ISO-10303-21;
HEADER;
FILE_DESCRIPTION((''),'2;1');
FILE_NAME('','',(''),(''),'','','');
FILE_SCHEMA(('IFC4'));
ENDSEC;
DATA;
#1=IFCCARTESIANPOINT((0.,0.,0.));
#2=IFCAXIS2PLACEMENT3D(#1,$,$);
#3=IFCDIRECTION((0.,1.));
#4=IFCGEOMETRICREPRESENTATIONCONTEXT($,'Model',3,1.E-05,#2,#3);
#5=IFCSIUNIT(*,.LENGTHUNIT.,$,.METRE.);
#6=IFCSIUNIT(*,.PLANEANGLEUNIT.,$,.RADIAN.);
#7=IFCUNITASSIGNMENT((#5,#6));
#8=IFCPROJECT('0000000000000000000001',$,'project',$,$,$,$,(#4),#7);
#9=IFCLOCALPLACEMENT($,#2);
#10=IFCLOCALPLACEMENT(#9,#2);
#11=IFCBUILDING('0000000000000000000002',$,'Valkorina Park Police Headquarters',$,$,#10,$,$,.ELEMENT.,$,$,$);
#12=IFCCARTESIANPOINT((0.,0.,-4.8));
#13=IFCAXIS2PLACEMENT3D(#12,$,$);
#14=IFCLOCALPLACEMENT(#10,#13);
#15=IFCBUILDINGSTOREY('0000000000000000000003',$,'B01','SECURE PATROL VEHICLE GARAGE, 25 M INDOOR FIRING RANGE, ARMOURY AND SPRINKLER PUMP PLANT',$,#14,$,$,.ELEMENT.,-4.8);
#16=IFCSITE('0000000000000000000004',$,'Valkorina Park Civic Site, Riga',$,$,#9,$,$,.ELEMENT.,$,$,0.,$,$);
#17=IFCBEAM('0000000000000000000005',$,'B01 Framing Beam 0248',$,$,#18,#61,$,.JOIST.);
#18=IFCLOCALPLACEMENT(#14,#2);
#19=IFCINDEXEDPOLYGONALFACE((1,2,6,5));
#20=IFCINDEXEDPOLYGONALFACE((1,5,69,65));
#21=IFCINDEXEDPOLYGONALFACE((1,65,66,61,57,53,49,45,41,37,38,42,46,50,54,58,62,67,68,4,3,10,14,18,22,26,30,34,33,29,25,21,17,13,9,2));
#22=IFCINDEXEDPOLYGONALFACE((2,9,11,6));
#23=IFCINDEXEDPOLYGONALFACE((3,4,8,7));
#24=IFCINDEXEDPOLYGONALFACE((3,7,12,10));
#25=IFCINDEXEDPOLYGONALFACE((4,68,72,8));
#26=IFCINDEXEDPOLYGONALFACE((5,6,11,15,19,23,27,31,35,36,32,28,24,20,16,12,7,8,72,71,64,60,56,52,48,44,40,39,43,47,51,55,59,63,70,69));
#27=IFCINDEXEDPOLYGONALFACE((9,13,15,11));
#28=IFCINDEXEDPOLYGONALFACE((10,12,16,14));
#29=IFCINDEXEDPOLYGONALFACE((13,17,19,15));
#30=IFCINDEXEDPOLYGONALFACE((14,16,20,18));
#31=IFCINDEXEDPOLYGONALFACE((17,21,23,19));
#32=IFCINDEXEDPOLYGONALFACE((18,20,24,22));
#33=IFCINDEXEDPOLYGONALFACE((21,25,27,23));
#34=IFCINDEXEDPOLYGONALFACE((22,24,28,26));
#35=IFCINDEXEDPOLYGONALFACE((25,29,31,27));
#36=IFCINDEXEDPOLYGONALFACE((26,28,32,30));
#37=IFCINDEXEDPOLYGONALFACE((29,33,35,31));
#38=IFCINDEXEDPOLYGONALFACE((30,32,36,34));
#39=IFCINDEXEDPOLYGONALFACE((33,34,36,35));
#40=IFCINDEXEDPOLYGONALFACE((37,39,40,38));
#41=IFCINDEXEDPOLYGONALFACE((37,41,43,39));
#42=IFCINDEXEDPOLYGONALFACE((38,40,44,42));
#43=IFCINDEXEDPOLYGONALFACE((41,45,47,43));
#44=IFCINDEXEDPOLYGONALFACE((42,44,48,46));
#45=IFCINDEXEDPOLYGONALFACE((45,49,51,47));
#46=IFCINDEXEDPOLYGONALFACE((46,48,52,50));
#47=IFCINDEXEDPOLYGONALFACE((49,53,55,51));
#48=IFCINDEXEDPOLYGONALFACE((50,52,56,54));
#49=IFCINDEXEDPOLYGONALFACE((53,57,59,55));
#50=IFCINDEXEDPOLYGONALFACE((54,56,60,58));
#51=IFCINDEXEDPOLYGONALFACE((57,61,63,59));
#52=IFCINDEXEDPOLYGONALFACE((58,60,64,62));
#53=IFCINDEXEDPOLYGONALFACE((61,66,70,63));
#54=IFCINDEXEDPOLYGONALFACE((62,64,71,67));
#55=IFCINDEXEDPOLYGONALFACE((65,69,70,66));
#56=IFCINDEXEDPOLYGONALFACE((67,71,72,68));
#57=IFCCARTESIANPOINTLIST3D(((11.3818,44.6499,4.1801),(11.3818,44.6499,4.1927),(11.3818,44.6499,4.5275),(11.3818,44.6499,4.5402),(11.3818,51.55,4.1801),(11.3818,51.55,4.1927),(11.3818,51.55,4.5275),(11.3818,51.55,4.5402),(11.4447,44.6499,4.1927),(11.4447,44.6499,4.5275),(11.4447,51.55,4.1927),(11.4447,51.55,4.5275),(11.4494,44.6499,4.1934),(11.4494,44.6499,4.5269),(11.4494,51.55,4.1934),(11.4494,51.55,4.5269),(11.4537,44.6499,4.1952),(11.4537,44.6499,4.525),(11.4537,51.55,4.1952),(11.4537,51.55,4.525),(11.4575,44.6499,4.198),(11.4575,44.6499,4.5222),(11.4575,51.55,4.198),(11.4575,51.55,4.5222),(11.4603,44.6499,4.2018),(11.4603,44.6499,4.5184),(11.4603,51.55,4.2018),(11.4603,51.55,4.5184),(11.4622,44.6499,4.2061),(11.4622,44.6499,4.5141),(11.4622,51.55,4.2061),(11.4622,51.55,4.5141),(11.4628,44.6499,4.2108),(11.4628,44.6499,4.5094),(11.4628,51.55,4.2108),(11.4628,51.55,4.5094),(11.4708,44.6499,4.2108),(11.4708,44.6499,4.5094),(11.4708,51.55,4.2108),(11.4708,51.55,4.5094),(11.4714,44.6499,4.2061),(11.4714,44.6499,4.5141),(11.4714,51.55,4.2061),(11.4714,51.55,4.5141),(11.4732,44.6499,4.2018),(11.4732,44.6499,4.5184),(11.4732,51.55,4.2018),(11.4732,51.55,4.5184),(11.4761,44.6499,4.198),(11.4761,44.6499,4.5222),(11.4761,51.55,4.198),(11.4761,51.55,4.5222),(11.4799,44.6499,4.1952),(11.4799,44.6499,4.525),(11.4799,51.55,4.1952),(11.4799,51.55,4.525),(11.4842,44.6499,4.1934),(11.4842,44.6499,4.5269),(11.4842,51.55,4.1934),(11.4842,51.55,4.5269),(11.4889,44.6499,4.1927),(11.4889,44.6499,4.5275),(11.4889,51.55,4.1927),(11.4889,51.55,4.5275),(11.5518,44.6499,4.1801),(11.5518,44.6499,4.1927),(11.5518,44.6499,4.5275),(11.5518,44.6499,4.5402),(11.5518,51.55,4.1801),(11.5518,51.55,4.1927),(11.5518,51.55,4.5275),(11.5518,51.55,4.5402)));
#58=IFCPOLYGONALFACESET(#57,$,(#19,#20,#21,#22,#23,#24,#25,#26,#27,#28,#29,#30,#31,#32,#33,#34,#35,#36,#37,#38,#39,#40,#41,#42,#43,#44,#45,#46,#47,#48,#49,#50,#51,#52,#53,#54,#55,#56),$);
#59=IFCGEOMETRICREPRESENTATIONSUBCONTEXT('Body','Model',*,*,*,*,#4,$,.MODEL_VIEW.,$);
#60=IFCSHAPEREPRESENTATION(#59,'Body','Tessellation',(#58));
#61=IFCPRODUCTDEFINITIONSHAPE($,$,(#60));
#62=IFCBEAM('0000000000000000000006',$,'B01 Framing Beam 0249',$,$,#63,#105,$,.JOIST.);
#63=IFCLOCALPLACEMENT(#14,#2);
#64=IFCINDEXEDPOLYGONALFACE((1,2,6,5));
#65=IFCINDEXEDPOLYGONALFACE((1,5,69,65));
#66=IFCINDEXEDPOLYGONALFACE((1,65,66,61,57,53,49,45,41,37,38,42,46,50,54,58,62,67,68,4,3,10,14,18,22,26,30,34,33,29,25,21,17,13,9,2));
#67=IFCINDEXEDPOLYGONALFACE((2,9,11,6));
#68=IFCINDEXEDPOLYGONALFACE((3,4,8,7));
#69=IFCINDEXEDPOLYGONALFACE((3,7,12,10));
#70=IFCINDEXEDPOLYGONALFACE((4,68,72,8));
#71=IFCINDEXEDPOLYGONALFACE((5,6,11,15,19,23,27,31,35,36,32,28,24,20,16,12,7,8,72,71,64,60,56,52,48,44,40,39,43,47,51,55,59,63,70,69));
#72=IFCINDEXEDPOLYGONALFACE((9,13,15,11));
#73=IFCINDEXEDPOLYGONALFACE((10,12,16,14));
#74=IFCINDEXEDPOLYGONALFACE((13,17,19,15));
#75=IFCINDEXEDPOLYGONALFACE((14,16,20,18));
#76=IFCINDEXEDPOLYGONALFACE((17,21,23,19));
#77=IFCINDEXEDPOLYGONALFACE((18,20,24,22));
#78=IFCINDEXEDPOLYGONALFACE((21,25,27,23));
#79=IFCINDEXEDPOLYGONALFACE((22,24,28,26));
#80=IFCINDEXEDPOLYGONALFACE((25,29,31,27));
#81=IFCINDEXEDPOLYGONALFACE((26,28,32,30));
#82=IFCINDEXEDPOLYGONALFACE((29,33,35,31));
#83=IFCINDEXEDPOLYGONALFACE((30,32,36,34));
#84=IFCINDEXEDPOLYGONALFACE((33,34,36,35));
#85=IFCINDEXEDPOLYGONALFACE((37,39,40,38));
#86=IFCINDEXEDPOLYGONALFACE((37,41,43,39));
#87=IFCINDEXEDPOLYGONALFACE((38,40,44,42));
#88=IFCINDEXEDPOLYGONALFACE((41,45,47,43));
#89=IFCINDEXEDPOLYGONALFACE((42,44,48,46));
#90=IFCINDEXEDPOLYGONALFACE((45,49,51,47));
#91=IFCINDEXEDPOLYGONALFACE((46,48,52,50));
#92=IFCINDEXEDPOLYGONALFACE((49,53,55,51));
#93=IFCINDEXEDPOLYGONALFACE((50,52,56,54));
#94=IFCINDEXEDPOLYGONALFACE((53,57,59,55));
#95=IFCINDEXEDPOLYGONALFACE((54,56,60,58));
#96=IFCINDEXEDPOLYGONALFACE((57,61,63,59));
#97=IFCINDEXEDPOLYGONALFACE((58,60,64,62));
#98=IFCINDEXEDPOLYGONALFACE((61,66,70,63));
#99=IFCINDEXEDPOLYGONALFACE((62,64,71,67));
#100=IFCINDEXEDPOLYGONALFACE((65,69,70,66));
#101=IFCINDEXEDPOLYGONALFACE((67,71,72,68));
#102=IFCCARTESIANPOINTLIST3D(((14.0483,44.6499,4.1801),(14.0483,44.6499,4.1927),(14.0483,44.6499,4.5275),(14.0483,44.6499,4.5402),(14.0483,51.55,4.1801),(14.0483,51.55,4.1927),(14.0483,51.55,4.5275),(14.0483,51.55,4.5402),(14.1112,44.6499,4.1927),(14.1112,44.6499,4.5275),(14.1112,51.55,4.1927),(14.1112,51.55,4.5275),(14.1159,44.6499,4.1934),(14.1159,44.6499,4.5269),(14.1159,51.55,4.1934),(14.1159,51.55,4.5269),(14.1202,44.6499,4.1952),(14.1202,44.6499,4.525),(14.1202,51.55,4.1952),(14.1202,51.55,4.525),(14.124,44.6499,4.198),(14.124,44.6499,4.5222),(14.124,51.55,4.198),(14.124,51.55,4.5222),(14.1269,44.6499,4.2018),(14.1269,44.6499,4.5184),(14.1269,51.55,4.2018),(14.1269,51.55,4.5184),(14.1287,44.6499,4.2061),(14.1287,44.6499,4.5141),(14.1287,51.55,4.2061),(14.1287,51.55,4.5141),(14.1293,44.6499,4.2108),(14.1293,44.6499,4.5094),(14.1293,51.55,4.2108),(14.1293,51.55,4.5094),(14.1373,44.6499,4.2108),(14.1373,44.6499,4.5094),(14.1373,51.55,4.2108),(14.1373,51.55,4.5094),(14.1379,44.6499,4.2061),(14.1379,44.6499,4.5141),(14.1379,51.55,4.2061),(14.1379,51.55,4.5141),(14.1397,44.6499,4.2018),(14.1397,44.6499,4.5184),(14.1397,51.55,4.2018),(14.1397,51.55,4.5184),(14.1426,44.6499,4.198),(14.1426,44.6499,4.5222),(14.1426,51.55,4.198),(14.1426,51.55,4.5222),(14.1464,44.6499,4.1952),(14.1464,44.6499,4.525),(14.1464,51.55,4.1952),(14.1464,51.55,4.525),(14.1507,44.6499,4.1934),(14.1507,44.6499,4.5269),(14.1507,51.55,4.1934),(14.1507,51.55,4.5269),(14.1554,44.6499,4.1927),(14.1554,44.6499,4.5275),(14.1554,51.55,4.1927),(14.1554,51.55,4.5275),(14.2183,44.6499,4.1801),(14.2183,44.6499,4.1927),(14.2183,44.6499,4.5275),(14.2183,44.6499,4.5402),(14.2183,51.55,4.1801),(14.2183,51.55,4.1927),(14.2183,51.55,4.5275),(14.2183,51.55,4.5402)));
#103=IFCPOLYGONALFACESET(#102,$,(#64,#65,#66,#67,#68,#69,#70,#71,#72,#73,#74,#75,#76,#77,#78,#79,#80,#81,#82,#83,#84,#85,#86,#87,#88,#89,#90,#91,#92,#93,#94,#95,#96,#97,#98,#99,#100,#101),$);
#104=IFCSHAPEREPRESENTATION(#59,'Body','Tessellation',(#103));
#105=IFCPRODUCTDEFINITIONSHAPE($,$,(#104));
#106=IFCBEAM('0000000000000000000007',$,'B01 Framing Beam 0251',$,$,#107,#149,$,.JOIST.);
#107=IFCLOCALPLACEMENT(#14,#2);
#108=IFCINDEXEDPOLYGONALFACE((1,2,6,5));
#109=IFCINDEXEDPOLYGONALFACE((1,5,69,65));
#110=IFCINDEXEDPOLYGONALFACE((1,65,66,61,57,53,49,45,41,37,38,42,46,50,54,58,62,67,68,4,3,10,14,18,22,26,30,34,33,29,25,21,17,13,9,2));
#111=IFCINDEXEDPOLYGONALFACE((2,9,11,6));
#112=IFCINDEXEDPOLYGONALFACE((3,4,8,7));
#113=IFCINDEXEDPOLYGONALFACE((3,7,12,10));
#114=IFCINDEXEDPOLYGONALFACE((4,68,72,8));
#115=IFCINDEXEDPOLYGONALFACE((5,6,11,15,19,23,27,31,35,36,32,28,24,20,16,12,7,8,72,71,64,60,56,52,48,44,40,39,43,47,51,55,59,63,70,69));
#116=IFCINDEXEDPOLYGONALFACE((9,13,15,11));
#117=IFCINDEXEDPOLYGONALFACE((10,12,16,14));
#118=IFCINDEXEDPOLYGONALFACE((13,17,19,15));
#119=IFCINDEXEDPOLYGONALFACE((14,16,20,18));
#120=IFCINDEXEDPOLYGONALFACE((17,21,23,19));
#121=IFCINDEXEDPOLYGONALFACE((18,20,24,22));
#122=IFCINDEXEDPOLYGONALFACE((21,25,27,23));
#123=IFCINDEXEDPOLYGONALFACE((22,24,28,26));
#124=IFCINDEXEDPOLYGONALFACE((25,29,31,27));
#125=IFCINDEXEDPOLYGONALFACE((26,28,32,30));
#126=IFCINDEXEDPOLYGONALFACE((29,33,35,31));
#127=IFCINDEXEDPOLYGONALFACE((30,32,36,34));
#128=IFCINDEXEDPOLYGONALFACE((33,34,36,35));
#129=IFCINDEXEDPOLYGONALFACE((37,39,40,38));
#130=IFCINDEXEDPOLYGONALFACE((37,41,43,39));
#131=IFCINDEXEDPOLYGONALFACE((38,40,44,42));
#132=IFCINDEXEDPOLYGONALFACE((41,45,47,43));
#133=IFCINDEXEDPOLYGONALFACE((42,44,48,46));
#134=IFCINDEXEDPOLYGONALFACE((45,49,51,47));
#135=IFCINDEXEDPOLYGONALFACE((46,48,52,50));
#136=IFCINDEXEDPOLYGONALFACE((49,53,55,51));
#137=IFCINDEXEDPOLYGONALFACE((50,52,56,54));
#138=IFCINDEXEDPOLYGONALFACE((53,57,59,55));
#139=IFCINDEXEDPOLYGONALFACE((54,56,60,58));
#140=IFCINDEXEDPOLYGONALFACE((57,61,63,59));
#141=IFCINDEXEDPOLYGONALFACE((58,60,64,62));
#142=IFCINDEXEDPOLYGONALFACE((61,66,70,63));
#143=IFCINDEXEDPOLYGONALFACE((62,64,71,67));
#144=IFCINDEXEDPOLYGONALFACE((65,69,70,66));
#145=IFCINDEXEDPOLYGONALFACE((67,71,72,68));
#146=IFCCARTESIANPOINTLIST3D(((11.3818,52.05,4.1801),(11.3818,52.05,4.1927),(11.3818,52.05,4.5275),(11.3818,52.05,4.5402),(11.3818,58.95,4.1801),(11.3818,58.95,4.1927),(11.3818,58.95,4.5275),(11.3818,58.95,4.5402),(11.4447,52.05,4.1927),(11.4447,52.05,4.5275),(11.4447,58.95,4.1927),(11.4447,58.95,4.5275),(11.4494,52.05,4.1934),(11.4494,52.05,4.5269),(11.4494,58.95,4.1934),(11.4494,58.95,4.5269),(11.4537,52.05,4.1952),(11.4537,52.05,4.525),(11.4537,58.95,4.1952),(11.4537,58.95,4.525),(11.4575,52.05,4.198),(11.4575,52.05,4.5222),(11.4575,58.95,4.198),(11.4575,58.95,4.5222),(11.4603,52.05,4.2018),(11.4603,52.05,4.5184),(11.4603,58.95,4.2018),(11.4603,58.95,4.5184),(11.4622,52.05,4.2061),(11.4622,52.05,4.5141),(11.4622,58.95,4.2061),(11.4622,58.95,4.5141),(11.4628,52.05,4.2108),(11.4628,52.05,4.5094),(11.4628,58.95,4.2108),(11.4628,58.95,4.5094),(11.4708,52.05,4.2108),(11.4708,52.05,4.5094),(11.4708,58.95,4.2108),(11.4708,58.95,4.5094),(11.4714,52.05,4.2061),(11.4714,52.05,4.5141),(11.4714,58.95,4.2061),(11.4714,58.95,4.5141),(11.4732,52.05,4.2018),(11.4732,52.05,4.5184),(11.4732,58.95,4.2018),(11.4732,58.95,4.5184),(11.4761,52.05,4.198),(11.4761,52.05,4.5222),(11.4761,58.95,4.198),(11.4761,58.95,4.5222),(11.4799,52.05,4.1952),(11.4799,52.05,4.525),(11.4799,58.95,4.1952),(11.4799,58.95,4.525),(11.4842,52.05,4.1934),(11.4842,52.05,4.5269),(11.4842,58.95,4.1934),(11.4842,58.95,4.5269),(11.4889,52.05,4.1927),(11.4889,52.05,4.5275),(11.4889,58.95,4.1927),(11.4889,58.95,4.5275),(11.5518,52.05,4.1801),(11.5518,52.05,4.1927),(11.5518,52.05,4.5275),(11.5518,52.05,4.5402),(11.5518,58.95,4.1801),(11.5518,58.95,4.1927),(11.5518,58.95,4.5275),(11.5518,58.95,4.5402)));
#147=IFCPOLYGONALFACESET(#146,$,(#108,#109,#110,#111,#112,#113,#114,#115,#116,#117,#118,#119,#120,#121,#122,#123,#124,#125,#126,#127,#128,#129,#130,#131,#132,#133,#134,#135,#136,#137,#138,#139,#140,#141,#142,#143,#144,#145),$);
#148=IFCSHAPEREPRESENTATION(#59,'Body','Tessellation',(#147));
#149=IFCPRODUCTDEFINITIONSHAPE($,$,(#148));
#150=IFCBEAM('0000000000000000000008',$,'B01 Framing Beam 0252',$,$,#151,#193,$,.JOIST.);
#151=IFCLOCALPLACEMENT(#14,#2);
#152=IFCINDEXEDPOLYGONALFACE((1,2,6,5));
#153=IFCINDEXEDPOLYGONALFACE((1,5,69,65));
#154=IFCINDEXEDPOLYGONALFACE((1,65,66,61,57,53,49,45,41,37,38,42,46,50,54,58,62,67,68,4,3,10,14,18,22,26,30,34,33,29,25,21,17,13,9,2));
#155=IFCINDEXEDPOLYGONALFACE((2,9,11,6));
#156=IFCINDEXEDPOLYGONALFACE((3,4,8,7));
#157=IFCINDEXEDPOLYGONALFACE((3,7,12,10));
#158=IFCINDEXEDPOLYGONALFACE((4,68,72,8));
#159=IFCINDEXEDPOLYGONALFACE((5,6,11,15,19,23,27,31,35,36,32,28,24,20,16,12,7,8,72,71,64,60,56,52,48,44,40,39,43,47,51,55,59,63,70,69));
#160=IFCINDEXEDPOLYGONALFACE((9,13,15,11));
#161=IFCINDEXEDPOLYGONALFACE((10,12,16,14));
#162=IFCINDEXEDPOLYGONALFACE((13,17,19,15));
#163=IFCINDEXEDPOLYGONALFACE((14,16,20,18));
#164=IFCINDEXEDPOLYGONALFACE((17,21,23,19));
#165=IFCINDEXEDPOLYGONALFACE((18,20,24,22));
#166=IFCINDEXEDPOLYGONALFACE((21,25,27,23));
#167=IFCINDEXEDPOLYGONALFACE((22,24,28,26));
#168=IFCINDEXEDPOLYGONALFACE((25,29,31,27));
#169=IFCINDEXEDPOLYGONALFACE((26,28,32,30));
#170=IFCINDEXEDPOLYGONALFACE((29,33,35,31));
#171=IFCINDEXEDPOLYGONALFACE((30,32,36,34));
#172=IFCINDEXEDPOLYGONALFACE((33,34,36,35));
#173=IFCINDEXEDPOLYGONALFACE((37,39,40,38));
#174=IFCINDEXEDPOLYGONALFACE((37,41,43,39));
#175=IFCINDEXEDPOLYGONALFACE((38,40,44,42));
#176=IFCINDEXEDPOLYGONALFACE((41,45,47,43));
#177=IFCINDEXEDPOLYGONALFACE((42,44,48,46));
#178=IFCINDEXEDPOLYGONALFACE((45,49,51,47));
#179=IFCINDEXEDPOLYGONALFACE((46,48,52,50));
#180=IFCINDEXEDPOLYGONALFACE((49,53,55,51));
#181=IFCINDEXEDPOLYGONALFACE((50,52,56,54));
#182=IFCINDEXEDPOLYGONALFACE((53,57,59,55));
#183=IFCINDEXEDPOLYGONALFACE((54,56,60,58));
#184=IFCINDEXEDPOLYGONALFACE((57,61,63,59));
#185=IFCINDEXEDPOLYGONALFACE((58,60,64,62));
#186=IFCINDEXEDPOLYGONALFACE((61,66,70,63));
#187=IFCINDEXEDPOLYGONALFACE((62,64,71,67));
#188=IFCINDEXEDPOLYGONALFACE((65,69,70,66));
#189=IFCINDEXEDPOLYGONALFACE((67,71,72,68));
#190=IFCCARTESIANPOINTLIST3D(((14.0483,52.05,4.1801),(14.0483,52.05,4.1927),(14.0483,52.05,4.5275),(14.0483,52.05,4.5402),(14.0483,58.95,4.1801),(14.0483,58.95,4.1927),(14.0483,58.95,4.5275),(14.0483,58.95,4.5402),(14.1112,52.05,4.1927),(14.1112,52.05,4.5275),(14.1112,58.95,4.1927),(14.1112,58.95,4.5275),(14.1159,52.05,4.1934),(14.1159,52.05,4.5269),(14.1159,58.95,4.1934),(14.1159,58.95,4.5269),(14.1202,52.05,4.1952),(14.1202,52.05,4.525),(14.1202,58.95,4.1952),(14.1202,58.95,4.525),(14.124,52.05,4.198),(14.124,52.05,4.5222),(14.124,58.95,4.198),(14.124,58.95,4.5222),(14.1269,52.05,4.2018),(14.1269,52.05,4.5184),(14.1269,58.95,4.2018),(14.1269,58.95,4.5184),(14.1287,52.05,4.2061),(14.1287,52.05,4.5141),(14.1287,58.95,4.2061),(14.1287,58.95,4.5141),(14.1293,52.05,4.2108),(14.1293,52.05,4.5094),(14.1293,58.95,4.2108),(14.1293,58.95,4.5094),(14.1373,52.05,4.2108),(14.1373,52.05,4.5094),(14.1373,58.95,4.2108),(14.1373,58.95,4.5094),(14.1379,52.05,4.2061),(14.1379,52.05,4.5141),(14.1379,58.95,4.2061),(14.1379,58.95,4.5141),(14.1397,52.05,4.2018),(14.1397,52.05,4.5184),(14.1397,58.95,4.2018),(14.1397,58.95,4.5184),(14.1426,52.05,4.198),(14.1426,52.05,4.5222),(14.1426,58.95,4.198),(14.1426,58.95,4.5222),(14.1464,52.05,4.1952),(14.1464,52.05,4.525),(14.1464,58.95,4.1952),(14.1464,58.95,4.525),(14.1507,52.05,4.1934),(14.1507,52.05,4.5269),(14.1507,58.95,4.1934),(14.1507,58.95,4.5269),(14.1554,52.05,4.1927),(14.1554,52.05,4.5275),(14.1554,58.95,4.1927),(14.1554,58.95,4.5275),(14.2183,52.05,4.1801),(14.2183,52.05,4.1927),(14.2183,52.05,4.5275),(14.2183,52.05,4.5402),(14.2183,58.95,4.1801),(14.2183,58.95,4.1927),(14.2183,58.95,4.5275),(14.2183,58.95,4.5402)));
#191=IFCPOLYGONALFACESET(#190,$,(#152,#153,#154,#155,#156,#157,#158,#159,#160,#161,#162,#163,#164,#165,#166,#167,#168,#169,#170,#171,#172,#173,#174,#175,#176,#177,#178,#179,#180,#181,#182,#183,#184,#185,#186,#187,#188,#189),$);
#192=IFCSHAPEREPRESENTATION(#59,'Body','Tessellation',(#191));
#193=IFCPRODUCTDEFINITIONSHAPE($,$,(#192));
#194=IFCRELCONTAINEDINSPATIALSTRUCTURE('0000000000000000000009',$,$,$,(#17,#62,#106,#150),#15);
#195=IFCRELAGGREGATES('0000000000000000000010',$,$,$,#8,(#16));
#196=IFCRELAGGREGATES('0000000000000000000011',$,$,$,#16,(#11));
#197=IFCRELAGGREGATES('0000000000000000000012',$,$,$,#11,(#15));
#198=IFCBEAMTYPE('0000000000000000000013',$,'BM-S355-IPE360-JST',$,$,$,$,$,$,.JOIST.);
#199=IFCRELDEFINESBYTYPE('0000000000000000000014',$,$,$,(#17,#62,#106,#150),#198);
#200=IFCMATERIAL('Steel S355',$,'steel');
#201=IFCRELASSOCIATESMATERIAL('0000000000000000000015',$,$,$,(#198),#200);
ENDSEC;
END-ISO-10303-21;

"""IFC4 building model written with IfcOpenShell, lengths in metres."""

from ifc_helpers import new_model, si_unit, direction, frame, origin, origin_2d, place, context, subcontext, project, spatial, i_section, extrude, material, material_profile, profile_set, type_object, element, save


model = new_model("IFC4")

# Units and contexts
model_context = context("Model", 3, precision=1e-05, world=origin(), true_north=direction((0.0, 1.0)))
body_context = subcontext(model_context, "Body", "Model", "MODEL_VIEW")
ifc_project = project(units=[si_unit("LENGTHUNIT", "METRE"), si_unit("PLANEANGLEUNIT", "RADIAN")], contexts=[model_context])

# Site, building, storey
site_placement = place(None, origin())
site = spatial("IfcSite", under=ifc_project, at=site_placement, Name="Valkorina Park Civic Site, Riga", CompositionType="ELEMENT", RefElevation=0.0)
building_placement = place(site_placement, origin())
building = spatial("IfcBuilding", under=site, at=building_placement, Name="Valkorina Park Police Headquarters", CompositionType="ELEMENT")
storey_placement = place(building_placement, frame((0.0, 0.0, -4.8)))
storey = spatial("IfcBuildingStorey", under=building, at=storey_placement, Name="B01", Description="SECURE PATROL VEHICLE GARAGE, 25 M INDOOR FIRING RANGE, ARMOURY AND SPRINKLER PUMP PLANT", CompositionType="ELEMENT", Elevation=-4.8)

# Beams
ifc_material_1 = material(Name="Steel S355", Category="steel")
ifc_material_profile_1 = material_profile(ifc_material_1, i_section(OverallWidth=0.1699, OverallDepth=0.3601, WebThickness=0.0081, FlangeThickness=0.0127, FilletRadius=0.0181, at=origin_2d()), Name="IPE 360")
ifc_profile_set_1 = profile_set([ifc_material_profile_1], Name="Steel S355")
beam_type_1 = type_object("IfcBeamType", Name="BM-S355-IPE360-JST", PredefinedType="JOIST", material=ifc_profile_set_1)
for number, where, z_axis, x_axis, name in (
    (1, (11.4668, 44.6499, 4.3601), (0.0, 1.0, 0.0), (-1.0, 0.0, 0.0), "B01 Framing Beam 0248"),
    (2, (14.1333, 44.6499, 4.3601), (0.0, 1.0, 0.0), (-1.0, 0.0, 0.0), "B01 Framing Beam 0249"),
):
    element("IfcBeam", number, at=place(storey_placement, frame(where, z_axis=z_axis, x_axis=x_axis)), inside=storey, type_object=beam_type_1, Name=name, PredefinedType="JOIST", context=body_context, shape_type="SweptSolid", body=[
        extrude(i_section(OverallWidth=0.1699, OverallDepth=0.3601, WebThickness=0.0081, FlangeThickness=0.0127, FilletRadius=0.0181, at=origin_2d()), origin(), (0.0, 0.0, 1.0), 6.9001),
    ])
for number, where, z_axis, x_axis, name in (
    (3, (11.4668, 52.05, 4.3601), (0.0, 1.0, 0.0), (-1.0, 0.0, 0.0), "B01 Framing Beam 0251"),
    (4, (14.1333, 52.05, 4.3601), (0.0, 1.0, 0.0), (-1.0, 0.0, 0.0), "B01 Framing Beam 0252"),
):
    element("IfcBeam", number, at=place(storey_placement, frame(where, z_axis=z_axis, x_axis=x_axis)), inside=storey, type_object=beam_type_1, Name=name, PredefinedType="JOIST", context=body_context, shape_type="SweptSolid", body=[
        extrude(i_section(OverallWidth=0.1699, OverallDepth=0.3601, WebThickness=0.0081, FlangeThickness=0.0127, FilletRadius=0.0181, at=origin_2d()), origin(), (0.0, 0.0, 1.0), 6.8999),
    ])

save(model, "model.ifc")
